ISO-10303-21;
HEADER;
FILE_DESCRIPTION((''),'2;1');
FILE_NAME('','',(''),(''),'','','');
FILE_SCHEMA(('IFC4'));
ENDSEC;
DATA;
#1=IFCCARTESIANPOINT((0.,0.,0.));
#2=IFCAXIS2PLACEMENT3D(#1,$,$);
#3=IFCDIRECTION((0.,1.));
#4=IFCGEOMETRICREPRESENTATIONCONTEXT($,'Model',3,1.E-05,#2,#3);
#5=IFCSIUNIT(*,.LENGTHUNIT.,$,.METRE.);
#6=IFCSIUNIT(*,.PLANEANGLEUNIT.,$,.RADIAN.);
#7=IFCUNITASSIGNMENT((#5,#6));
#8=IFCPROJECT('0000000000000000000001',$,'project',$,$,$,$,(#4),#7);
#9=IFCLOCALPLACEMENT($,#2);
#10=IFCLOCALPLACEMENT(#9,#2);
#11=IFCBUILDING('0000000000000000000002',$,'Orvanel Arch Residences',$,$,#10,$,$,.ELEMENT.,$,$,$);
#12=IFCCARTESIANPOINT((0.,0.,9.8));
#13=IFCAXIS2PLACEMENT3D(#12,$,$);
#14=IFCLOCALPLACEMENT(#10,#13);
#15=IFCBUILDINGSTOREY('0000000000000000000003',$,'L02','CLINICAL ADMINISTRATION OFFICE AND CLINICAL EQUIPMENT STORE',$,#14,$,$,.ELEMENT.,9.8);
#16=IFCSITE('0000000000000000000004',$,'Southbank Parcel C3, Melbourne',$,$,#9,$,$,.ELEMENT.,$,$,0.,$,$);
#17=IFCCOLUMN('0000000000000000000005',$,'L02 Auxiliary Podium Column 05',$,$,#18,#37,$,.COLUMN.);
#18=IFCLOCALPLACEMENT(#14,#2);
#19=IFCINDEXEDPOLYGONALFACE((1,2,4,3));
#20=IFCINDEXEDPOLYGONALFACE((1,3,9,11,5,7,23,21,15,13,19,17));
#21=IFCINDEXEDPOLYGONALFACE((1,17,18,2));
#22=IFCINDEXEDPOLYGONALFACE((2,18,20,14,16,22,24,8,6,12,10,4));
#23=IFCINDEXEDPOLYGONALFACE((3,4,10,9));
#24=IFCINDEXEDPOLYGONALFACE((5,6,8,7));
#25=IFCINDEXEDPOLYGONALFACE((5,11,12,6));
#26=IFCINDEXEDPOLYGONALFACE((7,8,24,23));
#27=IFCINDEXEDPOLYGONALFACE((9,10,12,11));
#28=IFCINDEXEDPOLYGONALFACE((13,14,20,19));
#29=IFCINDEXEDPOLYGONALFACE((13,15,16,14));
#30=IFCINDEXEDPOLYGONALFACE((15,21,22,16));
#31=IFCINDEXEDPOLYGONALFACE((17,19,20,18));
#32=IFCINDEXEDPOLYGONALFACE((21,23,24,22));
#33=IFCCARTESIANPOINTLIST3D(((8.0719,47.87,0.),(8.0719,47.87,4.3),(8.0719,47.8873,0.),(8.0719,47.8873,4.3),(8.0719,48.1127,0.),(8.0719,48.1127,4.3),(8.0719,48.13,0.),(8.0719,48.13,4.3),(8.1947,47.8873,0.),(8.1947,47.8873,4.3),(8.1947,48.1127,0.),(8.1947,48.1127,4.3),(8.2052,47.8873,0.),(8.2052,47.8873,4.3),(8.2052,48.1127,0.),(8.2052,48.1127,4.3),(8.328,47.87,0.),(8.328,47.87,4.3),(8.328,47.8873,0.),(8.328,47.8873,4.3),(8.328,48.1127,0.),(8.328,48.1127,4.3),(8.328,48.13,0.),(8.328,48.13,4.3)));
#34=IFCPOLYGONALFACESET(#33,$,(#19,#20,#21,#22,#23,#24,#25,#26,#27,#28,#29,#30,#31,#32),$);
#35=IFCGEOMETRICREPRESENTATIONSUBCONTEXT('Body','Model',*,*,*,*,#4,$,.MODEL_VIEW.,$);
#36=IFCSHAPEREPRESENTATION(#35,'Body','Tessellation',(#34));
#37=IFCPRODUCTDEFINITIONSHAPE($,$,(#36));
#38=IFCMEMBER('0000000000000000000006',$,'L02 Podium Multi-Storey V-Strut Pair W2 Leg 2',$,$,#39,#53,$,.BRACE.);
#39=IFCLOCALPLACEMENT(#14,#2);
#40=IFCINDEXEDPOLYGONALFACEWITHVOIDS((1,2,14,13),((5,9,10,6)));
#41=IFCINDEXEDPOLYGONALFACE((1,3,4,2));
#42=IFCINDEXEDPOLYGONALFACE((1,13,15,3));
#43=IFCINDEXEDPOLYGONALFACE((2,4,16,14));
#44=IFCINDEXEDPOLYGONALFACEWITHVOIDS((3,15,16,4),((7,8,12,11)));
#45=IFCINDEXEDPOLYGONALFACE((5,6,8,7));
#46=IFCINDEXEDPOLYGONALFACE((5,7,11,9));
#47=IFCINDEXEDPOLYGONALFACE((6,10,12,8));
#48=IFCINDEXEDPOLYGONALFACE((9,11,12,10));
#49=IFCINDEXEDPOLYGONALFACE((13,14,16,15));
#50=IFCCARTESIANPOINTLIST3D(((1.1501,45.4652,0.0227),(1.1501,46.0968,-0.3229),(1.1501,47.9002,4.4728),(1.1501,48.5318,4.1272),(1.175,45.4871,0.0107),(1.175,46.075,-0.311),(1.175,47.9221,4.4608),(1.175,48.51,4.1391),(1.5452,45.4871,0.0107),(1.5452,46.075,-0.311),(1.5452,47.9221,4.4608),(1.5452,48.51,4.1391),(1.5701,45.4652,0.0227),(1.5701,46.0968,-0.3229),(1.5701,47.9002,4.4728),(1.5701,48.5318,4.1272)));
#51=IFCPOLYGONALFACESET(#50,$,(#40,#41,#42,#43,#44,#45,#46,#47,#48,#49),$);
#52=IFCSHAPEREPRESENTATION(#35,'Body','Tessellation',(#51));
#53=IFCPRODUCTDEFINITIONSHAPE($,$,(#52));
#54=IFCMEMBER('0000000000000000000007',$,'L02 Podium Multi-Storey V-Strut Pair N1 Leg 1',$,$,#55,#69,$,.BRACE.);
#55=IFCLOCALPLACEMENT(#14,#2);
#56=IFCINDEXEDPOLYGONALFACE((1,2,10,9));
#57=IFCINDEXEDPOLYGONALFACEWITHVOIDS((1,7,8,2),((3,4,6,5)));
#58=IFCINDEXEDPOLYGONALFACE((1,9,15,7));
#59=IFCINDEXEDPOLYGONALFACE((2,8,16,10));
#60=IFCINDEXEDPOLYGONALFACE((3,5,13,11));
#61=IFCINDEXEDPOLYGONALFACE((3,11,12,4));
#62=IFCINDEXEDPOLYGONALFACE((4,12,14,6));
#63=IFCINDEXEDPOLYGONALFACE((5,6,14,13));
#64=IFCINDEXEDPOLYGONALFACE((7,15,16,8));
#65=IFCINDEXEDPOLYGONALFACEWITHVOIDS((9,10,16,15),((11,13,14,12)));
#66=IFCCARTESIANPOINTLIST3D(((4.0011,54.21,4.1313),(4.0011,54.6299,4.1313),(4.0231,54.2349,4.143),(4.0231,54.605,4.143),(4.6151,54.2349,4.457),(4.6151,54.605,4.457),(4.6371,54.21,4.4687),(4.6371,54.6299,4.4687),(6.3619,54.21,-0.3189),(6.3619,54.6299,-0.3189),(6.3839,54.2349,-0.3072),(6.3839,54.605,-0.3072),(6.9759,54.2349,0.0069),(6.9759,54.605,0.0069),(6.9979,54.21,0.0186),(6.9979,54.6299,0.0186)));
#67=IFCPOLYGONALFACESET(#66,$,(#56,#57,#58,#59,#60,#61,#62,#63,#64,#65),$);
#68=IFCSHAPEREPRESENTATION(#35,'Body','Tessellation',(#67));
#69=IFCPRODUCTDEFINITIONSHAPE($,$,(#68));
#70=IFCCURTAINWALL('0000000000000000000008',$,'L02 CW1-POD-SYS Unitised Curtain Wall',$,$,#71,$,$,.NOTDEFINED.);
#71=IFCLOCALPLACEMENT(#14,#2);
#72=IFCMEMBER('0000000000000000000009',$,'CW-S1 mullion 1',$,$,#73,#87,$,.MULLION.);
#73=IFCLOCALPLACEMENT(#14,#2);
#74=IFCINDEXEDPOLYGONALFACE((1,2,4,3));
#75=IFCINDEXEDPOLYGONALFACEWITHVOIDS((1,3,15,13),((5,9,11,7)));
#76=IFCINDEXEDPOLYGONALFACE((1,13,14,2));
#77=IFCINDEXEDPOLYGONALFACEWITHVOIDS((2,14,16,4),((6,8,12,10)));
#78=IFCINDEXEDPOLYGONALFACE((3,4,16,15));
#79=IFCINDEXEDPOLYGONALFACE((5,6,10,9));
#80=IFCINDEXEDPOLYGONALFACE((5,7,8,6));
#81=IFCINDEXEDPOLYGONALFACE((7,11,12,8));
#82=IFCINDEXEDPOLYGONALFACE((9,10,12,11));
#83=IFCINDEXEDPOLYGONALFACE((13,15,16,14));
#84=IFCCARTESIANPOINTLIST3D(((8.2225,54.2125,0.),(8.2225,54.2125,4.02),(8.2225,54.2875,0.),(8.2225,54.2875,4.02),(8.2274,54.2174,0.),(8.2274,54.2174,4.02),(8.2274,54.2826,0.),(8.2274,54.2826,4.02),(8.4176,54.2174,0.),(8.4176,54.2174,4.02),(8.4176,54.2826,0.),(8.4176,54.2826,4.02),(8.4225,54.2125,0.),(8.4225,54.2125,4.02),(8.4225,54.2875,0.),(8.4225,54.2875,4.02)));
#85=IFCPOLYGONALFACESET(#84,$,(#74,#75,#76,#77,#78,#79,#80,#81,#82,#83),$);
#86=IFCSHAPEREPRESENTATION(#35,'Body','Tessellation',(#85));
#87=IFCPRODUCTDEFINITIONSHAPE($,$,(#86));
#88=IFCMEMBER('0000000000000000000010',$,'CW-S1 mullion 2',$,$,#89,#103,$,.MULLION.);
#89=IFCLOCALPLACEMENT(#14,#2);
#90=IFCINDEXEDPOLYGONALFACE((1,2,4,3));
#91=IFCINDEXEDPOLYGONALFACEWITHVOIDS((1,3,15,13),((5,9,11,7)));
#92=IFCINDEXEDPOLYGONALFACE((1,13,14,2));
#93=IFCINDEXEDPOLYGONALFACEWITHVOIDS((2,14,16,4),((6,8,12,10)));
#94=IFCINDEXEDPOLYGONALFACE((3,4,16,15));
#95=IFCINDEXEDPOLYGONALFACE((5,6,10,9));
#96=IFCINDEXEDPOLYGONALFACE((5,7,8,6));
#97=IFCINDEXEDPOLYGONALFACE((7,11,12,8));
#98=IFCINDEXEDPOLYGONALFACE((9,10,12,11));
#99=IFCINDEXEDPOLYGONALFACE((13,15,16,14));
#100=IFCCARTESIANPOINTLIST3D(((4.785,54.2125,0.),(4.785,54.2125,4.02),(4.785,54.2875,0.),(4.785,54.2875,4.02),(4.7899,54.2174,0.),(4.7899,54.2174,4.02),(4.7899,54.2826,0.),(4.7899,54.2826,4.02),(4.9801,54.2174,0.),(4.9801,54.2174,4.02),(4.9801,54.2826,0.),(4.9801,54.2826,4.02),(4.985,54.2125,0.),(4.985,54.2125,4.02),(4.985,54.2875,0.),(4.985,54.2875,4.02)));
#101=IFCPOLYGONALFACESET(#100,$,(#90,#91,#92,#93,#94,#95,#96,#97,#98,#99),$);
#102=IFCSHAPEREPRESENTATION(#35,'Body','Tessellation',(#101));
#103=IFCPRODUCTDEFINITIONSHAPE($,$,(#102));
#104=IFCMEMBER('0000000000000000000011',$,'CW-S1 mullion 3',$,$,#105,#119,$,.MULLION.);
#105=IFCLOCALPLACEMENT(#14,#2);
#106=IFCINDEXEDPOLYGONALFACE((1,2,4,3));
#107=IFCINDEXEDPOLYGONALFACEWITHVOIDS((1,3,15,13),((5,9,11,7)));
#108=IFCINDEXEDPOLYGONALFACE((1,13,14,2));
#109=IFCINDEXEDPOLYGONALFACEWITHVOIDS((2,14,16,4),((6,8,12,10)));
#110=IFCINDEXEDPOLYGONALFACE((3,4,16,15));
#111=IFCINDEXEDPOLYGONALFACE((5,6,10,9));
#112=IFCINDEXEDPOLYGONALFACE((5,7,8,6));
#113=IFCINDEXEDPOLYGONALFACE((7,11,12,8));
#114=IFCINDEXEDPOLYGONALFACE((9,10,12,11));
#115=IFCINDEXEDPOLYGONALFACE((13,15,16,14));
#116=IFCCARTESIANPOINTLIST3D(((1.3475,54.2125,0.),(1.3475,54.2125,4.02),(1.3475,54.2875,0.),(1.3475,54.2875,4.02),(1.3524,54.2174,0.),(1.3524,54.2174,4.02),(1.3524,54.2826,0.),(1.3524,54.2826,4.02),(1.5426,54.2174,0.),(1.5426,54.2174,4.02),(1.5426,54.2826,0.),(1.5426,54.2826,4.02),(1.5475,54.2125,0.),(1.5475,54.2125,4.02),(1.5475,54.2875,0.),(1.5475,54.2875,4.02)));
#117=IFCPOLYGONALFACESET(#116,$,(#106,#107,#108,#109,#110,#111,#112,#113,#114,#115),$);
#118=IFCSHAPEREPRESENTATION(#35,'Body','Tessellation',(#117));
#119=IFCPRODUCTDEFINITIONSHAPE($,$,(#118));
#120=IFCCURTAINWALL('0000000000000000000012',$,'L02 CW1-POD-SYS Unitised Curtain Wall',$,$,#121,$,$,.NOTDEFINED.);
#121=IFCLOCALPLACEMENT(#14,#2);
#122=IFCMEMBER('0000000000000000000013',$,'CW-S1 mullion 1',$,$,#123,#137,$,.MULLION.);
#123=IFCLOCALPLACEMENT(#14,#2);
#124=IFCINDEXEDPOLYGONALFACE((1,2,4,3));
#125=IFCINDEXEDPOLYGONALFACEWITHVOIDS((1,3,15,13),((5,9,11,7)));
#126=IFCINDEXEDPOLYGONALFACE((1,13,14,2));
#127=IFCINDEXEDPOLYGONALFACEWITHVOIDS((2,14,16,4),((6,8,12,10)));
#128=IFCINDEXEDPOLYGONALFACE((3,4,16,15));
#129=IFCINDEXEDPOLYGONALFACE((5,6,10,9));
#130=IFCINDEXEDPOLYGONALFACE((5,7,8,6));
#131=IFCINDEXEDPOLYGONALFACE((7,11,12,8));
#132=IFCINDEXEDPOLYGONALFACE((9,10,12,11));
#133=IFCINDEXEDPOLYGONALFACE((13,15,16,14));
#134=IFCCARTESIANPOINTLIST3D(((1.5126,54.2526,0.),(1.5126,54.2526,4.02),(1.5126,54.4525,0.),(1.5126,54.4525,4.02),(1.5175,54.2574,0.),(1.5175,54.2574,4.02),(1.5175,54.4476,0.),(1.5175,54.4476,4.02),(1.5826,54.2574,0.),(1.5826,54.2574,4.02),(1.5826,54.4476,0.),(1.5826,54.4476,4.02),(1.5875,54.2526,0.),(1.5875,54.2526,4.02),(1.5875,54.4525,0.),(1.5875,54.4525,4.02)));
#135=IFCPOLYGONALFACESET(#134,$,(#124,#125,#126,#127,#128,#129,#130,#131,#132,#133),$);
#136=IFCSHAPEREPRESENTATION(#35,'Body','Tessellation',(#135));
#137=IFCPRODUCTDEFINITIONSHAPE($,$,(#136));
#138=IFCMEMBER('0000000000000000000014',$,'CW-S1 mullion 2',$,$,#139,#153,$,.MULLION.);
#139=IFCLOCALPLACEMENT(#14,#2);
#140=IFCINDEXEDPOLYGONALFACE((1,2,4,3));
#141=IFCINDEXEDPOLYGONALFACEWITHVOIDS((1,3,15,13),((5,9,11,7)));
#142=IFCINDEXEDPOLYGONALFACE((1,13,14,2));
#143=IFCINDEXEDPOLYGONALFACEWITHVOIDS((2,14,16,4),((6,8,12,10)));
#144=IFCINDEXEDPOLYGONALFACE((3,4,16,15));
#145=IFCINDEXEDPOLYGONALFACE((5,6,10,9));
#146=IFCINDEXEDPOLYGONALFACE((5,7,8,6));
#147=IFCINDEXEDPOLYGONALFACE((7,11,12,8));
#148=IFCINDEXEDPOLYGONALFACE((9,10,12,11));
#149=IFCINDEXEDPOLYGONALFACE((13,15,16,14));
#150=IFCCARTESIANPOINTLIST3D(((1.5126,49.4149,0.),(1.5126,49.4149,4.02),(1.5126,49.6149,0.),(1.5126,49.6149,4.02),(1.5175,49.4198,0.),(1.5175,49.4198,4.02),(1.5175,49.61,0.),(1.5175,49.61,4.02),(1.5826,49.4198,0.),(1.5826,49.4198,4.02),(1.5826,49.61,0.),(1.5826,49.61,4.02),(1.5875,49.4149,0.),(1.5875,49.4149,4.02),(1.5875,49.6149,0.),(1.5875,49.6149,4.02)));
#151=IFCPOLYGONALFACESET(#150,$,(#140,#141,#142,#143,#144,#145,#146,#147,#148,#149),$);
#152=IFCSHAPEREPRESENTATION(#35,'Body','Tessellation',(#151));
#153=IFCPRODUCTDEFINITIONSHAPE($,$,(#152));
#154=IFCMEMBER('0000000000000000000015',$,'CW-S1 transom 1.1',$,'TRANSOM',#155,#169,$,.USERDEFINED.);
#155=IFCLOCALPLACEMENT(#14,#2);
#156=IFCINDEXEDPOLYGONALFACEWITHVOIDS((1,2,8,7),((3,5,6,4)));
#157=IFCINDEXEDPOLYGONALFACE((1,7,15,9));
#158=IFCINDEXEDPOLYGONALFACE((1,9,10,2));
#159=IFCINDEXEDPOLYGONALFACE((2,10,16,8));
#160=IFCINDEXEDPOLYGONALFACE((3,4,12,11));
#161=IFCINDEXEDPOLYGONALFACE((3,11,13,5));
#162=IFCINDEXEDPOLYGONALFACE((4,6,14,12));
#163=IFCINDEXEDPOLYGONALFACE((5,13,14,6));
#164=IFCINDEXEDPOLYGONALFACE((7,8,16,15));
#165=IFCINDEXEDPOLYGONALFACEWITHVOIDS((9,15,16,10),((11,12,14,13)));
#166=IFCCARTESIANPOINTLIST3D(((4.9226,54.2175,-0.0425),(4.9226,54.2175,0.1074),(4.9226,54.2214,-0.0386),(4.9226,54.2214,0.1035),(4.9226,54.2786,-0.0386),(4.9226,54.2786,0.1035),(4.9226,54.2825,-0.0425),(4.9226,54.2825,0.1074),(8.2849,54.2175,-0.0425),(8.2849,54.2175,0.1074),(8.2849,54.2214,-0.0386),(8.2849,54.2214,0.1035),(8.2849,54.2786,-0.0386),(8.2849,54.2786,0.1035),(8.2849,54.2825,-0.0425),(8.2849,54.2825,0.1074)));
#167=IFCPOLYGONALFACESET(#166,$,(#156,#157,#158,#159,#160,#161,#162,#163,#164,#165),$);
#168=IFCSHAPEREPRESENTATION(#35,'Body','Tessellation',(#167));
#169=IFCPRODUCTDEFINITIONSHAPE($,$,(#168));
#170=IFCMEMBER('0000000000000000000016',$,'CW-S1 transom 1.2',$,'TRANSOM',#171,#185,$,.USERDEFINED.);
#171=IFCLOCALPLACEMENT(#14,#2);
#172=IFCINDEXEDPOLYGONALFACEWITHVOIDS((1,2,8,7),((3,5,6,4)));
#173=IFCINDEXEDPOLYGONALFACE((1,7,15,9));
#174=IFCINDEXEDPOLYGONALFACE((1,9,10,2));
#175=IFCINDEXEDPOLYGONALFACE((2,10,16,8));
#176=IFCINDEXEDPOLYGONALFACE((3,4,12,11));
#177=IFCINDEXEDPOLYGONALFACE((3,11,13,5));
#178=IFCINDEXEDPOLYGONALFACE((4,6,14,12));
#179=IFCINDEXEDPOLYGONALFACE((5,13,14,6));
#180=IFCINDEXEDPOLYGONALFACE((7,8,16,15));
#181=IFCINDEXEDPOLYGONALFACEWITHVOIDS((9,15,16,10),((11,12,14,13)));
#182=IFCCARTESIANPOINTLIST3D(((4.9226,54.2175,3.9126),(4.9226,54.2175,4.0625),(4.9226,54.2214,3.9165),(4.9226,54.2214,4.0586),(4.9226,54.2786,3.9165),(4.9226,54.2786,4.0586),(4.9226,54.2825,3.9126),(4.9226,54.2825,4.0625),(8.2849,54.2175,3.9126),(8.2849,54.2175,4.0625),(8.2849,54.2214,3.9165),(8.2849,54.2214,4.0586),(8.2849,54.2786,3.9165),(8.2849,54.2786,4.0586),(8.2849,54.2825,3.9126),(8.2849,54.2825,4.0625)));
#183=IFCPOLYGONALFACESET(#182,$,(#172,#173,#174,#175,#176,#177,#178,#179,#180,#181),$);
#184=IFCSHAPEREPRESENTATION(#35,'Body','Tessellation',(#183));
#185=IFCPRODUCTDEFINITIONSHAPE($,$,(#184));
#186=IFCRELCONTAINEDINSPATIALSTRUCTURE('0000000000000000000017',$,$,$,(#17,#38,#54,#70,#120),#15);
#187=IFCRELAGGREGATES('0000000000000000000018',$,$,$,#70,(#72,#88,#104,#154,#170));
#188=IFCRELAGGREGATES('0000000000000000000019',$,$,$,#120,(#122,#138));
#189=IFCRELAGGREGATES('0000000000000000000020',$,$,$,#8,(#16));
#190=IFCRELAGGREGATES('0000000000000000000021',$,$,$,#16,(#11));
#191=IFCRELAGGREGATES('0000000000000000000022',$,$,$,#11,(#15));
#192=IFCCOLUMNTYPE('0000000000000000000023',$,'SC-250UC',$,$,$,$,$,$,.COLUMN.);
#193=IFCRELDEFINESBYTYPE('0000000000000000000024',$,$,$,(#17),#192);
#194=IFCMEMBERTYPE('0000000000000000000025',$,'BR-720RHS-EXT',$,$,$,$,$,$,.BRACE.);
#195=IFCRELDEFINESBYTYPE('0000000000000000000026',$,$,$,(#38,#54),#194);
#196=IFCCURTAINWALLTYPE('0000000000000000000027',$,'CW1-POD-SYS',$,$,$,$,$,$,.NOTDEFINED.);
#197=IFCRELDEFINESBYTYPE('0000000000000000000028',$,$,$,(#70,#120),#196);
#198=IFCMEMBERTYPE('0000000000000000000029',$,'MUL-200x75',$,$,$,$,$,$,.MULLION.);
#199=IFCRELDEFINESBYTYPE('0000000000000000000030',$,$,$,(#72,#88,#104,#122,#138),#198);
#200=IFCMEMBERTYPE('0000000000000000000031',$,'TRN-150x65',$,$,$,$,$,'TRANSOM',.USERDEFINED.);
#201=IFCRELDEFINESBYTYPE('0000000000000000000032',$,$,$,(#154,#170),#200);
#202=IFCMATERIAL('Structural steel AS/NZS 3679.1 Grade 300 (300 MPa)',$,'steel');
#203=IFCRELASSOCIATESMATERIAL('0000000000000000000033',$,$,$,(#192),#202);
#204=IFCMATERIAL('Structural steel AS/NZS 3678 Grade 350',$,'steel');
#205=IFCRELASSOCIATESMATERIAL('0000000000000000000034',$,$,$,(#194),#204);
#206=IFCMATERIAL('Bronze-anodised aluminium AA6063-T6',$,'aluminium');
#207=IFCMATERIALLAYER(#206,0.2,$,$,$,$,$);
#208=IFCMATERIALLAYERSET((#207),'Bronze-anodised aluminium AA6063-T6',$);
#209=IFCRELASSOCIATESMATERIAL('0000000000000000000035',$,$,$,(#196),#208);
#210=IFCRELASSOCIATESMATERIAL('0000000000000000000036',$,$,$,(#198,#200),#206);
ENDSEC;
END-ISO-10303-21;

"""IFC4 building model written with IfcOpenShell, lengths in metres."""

from ifc_helpers import new_model, si_unit, direction, frame, origin, origin_2d, place, context, subcontext, project, spatial, hollow_rectangle, i_section, extrude, material, layer, layer_set, material_profile, profile_set, type_object, element, aggregate, save


model = new_model("IFC4")

# Units and contexts
model_context = context("Model", 3, precision=1e-05, world=origin(), true_north=direction((0.0, 1.0)))
body_context = subcontext(model_context, "Body", "Model", "MODEL_VIEW")
ifc_project = project(units=[si_unit("LENGTHUNIT", "METRE"), si_unit("PLANEANGLEUNIT", "RADIAN")], contexts=[model_context])

# Site, building, storey
site_placement = place(None, origin())
site = spatial("IfcSite", under=ifc_project, at=site_placement, Name="Southbank Parcel C3, Melbourne", CompositionType="ELEMENT", RefElevation=0.0)
building_placement = place(site_placement, origin())
building = spatial("IfcBuilding", under=site, at=building_placement, Name="Orvanel Arch Residences", CompositionType="ELEMENT")
storey_placement = place(building_placement, frame((0.0, 0.0, 9.8)))
storey = spatial("IfcBuildingStorey", under=building, at=storey_placement, Name="L02", Description="CLINICAL ADMINISTRATION OFFICE AND CLINICAL EQUIPMENT STORE", CompositionType="ELEMENT", Elevation=9.8)

# Column
ifc_material_1 = material(Name="Structural steel AS/NZS 3679.1 Grade 300 (300 MPa)", Category="steel")
ifc_material_profile_1 = material_profile(ifc_material_1, i_section(OverallWidth=0.2561, OverallDepth=0.26, WebThickness=0.0105, FlangeThickness=0.0173, at=origin_2d()), Name="250UC89.5")
ifc_profile_set_1 = profile_set([ifc_material_profile_1], Name="Structural steel AS/NZS 3679.1 Grade 300 (300 MPa)")
column_type = type_object("IfcColumnType", Name="SC-250UC", PredefinedType="COLUMN", material=ifc_profile_set_1)
column_placement = place(storey_placement, frame((8.2, 48.0, 0.0), z_axis=(0.0, 0.0, 1.0), x_axis=(1.0, 0.0, 0.0)))
element("IfcColumn", 1, at=column_placement, inside=storey, type_object=column_type, Name="L02 Auxiliary Podium Column 05", PredefinedType="COLUMN", context=body_context, shape_type="SweptSolid", body=[
    extrude(i_section(OverallWidth=0.2561, OverallDepth=0.26, WebThickness=0.0105, FlangeThickness=0.0173, at=origin_2d()), origin(), (0.0, 0.0, 1.0), 4.3),
])

# Members
ifc_material_2 = material(Name="Structural steel AS/NZS 3678 Grade 350", Category="steel")
ifc_material_profile_2 = material_profile(ifc_material_2, hollow_rectangle(XDim=0.4199, YDim=0.72, WallThickness=0.0249, at=origin_2d()), Name="RHS720x420x25")
ifc_profile_set_2 = profile_set([ifc_material_profile_2], Name="Structural steel AS/NZS 3678 Grade 350")
member_type_1 = type_object("IfcMemberType", Name="BR-720RHS-EXT", PredefinedType="BRACE", material=ifc_profile_set_2)
member_1_placement = place(storey_placement, frame((1.3601, 45.781, -0.1501), z_axis=(0.0, 0.480018, 0.877258), x_axis=(-1.0, 0.0, 0.0)))
element("IfcMember", 2, at=member_1_placement, inside=storey, type_object=member_type_1, Name="L02 Podium Multi-Storey V-Strut Pair W2 Leg 2", PredefinedType="BRACE", context=body_context, shape_type="SweptSolid", body=[
    extrude(hollow_rectangle(XDim=0.4199, YDim=0.72, WallThickness=0.0249, at=origin_2d()), origin(), (0.0, 0.0, 1.0), 5.0728),
])
member_2_placement = place(storey_placement, frame((6.6799, 54.4199, -0.1501), z_axis=(-0.46864, 0.0, 0.883389), x_axis=(0.0, -1.0, 0.0)))
element("IfcMember", 3, at=member_2_placement, inside=storey, type_object=member_type_1, Name="L02 Podium Multi-Storey V-Strut Pair N1 Leg 1", PredefinedType="BRACE", context=body_context, shape_type="SweptSolid", body=[
    extrude(hollow_rectangle(XDim=0.4199, YDim=0.72, WallThickness=0.0249, at=origin_2d()), origin(), (0.0, 0.0, 1.0), 5.0376),
])

# Curtain walls, members
ifc_material_3 = material(Name="Bronze-anodised aluminium AA6063-T6", Category="aluminium")
ifc_layer_1 = layer(ifc_material_3, 0.2)
ifc_layer_set_1 = layer_set([ifc_layer_1], Name="Bronze-anodised aluminium AA6063-T6")
curtain_wall_type = type_object("IfcCurtainWallType", Name="CW1-POD-SYS", PredefinedType="NOTDEFINED", material=ifc_layer_set_1)
curtain_wall_1_placement = place(storey_placement, origin())
curtain_wall_1 = element("IfcCurtainWall", 4, at=curtain_wall_1_placement, inside=storey, type_object=curtain_wall_type, Name="L02 CW1-POD-SYS Unitised Curtain Wall", PredefinedType="NOTDEFINED")
ifc_material_profile_3 = material_profile(ifc_material_3, hollow_rectangle(XDim=0.075, YDim=0.2, WallThickness=0.0049, at=origin_2d()), Name="ALU200x75x5")
ifc_profile_set_3 = profile_set([ifc_material_profile_3], Name="Bronze-anodised aluminium AA6063-T6")
member_type_2 = type_object("IfcMemberType", Name="MUL-200x75", PredefinedType="MULLION", material=ifc_profile_set_3)
member_3_placement = place(storey_placement, frame((8.3225, 54.25, 0.0), z_axis=(0.0, 0.0, 1.0), x_axis=(0.0, -1.0, 0.0)))
member_3 = element("IfcMember", 5, at=member_3_placement, type_object=member_type_2, Name="CW-S1 mullion 1", PredefinedType="MULLION", context=body_context, shape_type="SweptSolid", body=[
    extrude(hollow_rectangle(XDim=0.075, YDim=0.2, WallThickness=0.0049, at=origin_2d()), origin(), (0.0, 0.0, 1.0), 4.02),
])
member_4_placement = place(storey_placement, frame((4.885, 54.25, 0.0), z_axis=(0.0, 0.0, 1.0), x_axis=(0.0, -1.0, 0.0)))
member_4 = element("IfcMember", 6, at=member_4_placement, type_object=member_type_2, Name="CW-S1 mullion 2", PredefinedType="MULLION", context=body_context, shape_type="SweptSolid", body=[
    extrude(hollow_rectangle(XDim=0.075, YDim=0.2, WallThickness=0.0049, at=origin_2d()), origin(), (0.0, 0.0, 1.0), 4.02),
])
member_5_placement = place(storey_placement, frame((1.4475, 54.25, 0.0), z_axis=(0.0, 0.0, 1.0), x_axis=(0.0, -1.0, 0.0)))
member_5 = element("IfcMember", 7, at=member_5_placement, type_object=member_type_2, Name="CW-S1 mullion 3", PredefinedType="MULLION", context=body_context, shape_type="SweptSolid", body=[
    extrude(hollow_rectangle(XDim=0.075, YDim=0.2, WallThickness=0.0049, at=origin_2d()), origin(), (0.0, 0.0, 1.0), 4.02),
])
curtain_wall_2_placement = place(storey_placement, origin())
curtain_wall_2 = element("IfcCurtainWall", 8, at=curtain_wall_2_placement, inside=storey, type_object=curtain_wall_type, Name="L02 CW1-POD-SYS Unitised Curtain Wall", PredefinedType="NOTDEFINED")
member_6_placement = place(storey_placement, frame((1.55, 54.3525, 0.0), z_axis=(0.0, 0.0, 1.0), x_axis=(1.0, 0.0, 0.0)))
member_6 = element("IfcMember", 9, at=member_6_placement, type_object=member_type_2, Name="CW-S1 mullion 1", PredefinedType="MULLION", context=body_context, shape_type="SweptSolid", body=[
    extrude(hollow_rectangle(XDim=0.075, YDim=0.2, WallThickness=0.0049, at=origin_2d()), origin(), (0.0, 0.0, 1.0), 4.02),
])
member_7_placement = place(storey_placement, frame((1.55, 49.5149, 0.0), z_axis=(0.0, 0.0, 1.0), x_axis=(1.0, 0.0, 0.0)))
member_7 = element("IfcMember", 10, at=member_7_placement, type_object=member_type_2, Name="CW-S1 mullion 2", PredefinedType="MULLION", context=body_context, shape_type="SweptSolid", body=[
    extrude(hollow_rectangle(XDim=0.075, YDim=0.2, WallThickness=0.0049, at=origin_2d()), origin(), (0.0, 0.0, 1.0), 4.02),
])

# Members
ifc_material_profile_4 = material_profile(ifc_material_3, hollow_rectangle(XDim=0.0649, YDim=0.1499, WallThickness=0.0039, at=origin_2d()), Name="ALU150x65x4")
ifc_profile_set_4 = profile_set([ifc_material_profile_4], Name="Bronze-anodised aluminium AA6063-T6")
member_type_3 = type_object("IfcMemberType", Name="TRN-150x65", ElementType="TRANSOM", PredefinedType="USERDEFINED", material=ifc_profile_set_4)
member_8_placement = place(storey_placement, frame((8.2849, 54.25, 0.0325), z_axis=(-1.0, 0.0, 0.0), x_axis=(0.0, -1.0, 0.0)))
member_8 = element("IfcMember", 11, at=member_8_placement, type_object=member_type_3, Name="CW-S1 transom 1.1", ObjectType="TRANSOM", PredefinedType="USERDEFINED", context=body_context, shape_type="SweptSolid", body=[
    extrude(hollow_rectangle(XDim=0.0649, YDim=0.1499, WallThickness=0.0039, at=origin_2d()), origin(), (0.0, 0.0, 1.0), 3.3623),
])
member_9_placement = place(storey_placement, frame((8.2849, 54.25, 3.9875), z_axis=(-1.0, 0.0, 0.0), x_axis=(0.0, -1.0, 0.0)))
member_9 = element("IfcMember", 12, at=member_9_placement, type_object=member_type_3, Name="CW-S1 transom 1.2", ObjectType="TRANSOM", PredefinedType="USERDEFINED", context=body_context, shape_type="SweptSolid", body=[
    extrude(hollow_rectangle(XDim=0.0649, YDim=0.1499, WallThickness=0.0039, at=origin_2d()), origin(), (0.0, 0.0, 1.0), 3.3623),
])

aggregate(curtain_wall_1, [member_3, member_4, member_5, member_8, member_9])
aggregate(curtain_wall_2, [member_6, member_7])

save(model, "model.ifc")
